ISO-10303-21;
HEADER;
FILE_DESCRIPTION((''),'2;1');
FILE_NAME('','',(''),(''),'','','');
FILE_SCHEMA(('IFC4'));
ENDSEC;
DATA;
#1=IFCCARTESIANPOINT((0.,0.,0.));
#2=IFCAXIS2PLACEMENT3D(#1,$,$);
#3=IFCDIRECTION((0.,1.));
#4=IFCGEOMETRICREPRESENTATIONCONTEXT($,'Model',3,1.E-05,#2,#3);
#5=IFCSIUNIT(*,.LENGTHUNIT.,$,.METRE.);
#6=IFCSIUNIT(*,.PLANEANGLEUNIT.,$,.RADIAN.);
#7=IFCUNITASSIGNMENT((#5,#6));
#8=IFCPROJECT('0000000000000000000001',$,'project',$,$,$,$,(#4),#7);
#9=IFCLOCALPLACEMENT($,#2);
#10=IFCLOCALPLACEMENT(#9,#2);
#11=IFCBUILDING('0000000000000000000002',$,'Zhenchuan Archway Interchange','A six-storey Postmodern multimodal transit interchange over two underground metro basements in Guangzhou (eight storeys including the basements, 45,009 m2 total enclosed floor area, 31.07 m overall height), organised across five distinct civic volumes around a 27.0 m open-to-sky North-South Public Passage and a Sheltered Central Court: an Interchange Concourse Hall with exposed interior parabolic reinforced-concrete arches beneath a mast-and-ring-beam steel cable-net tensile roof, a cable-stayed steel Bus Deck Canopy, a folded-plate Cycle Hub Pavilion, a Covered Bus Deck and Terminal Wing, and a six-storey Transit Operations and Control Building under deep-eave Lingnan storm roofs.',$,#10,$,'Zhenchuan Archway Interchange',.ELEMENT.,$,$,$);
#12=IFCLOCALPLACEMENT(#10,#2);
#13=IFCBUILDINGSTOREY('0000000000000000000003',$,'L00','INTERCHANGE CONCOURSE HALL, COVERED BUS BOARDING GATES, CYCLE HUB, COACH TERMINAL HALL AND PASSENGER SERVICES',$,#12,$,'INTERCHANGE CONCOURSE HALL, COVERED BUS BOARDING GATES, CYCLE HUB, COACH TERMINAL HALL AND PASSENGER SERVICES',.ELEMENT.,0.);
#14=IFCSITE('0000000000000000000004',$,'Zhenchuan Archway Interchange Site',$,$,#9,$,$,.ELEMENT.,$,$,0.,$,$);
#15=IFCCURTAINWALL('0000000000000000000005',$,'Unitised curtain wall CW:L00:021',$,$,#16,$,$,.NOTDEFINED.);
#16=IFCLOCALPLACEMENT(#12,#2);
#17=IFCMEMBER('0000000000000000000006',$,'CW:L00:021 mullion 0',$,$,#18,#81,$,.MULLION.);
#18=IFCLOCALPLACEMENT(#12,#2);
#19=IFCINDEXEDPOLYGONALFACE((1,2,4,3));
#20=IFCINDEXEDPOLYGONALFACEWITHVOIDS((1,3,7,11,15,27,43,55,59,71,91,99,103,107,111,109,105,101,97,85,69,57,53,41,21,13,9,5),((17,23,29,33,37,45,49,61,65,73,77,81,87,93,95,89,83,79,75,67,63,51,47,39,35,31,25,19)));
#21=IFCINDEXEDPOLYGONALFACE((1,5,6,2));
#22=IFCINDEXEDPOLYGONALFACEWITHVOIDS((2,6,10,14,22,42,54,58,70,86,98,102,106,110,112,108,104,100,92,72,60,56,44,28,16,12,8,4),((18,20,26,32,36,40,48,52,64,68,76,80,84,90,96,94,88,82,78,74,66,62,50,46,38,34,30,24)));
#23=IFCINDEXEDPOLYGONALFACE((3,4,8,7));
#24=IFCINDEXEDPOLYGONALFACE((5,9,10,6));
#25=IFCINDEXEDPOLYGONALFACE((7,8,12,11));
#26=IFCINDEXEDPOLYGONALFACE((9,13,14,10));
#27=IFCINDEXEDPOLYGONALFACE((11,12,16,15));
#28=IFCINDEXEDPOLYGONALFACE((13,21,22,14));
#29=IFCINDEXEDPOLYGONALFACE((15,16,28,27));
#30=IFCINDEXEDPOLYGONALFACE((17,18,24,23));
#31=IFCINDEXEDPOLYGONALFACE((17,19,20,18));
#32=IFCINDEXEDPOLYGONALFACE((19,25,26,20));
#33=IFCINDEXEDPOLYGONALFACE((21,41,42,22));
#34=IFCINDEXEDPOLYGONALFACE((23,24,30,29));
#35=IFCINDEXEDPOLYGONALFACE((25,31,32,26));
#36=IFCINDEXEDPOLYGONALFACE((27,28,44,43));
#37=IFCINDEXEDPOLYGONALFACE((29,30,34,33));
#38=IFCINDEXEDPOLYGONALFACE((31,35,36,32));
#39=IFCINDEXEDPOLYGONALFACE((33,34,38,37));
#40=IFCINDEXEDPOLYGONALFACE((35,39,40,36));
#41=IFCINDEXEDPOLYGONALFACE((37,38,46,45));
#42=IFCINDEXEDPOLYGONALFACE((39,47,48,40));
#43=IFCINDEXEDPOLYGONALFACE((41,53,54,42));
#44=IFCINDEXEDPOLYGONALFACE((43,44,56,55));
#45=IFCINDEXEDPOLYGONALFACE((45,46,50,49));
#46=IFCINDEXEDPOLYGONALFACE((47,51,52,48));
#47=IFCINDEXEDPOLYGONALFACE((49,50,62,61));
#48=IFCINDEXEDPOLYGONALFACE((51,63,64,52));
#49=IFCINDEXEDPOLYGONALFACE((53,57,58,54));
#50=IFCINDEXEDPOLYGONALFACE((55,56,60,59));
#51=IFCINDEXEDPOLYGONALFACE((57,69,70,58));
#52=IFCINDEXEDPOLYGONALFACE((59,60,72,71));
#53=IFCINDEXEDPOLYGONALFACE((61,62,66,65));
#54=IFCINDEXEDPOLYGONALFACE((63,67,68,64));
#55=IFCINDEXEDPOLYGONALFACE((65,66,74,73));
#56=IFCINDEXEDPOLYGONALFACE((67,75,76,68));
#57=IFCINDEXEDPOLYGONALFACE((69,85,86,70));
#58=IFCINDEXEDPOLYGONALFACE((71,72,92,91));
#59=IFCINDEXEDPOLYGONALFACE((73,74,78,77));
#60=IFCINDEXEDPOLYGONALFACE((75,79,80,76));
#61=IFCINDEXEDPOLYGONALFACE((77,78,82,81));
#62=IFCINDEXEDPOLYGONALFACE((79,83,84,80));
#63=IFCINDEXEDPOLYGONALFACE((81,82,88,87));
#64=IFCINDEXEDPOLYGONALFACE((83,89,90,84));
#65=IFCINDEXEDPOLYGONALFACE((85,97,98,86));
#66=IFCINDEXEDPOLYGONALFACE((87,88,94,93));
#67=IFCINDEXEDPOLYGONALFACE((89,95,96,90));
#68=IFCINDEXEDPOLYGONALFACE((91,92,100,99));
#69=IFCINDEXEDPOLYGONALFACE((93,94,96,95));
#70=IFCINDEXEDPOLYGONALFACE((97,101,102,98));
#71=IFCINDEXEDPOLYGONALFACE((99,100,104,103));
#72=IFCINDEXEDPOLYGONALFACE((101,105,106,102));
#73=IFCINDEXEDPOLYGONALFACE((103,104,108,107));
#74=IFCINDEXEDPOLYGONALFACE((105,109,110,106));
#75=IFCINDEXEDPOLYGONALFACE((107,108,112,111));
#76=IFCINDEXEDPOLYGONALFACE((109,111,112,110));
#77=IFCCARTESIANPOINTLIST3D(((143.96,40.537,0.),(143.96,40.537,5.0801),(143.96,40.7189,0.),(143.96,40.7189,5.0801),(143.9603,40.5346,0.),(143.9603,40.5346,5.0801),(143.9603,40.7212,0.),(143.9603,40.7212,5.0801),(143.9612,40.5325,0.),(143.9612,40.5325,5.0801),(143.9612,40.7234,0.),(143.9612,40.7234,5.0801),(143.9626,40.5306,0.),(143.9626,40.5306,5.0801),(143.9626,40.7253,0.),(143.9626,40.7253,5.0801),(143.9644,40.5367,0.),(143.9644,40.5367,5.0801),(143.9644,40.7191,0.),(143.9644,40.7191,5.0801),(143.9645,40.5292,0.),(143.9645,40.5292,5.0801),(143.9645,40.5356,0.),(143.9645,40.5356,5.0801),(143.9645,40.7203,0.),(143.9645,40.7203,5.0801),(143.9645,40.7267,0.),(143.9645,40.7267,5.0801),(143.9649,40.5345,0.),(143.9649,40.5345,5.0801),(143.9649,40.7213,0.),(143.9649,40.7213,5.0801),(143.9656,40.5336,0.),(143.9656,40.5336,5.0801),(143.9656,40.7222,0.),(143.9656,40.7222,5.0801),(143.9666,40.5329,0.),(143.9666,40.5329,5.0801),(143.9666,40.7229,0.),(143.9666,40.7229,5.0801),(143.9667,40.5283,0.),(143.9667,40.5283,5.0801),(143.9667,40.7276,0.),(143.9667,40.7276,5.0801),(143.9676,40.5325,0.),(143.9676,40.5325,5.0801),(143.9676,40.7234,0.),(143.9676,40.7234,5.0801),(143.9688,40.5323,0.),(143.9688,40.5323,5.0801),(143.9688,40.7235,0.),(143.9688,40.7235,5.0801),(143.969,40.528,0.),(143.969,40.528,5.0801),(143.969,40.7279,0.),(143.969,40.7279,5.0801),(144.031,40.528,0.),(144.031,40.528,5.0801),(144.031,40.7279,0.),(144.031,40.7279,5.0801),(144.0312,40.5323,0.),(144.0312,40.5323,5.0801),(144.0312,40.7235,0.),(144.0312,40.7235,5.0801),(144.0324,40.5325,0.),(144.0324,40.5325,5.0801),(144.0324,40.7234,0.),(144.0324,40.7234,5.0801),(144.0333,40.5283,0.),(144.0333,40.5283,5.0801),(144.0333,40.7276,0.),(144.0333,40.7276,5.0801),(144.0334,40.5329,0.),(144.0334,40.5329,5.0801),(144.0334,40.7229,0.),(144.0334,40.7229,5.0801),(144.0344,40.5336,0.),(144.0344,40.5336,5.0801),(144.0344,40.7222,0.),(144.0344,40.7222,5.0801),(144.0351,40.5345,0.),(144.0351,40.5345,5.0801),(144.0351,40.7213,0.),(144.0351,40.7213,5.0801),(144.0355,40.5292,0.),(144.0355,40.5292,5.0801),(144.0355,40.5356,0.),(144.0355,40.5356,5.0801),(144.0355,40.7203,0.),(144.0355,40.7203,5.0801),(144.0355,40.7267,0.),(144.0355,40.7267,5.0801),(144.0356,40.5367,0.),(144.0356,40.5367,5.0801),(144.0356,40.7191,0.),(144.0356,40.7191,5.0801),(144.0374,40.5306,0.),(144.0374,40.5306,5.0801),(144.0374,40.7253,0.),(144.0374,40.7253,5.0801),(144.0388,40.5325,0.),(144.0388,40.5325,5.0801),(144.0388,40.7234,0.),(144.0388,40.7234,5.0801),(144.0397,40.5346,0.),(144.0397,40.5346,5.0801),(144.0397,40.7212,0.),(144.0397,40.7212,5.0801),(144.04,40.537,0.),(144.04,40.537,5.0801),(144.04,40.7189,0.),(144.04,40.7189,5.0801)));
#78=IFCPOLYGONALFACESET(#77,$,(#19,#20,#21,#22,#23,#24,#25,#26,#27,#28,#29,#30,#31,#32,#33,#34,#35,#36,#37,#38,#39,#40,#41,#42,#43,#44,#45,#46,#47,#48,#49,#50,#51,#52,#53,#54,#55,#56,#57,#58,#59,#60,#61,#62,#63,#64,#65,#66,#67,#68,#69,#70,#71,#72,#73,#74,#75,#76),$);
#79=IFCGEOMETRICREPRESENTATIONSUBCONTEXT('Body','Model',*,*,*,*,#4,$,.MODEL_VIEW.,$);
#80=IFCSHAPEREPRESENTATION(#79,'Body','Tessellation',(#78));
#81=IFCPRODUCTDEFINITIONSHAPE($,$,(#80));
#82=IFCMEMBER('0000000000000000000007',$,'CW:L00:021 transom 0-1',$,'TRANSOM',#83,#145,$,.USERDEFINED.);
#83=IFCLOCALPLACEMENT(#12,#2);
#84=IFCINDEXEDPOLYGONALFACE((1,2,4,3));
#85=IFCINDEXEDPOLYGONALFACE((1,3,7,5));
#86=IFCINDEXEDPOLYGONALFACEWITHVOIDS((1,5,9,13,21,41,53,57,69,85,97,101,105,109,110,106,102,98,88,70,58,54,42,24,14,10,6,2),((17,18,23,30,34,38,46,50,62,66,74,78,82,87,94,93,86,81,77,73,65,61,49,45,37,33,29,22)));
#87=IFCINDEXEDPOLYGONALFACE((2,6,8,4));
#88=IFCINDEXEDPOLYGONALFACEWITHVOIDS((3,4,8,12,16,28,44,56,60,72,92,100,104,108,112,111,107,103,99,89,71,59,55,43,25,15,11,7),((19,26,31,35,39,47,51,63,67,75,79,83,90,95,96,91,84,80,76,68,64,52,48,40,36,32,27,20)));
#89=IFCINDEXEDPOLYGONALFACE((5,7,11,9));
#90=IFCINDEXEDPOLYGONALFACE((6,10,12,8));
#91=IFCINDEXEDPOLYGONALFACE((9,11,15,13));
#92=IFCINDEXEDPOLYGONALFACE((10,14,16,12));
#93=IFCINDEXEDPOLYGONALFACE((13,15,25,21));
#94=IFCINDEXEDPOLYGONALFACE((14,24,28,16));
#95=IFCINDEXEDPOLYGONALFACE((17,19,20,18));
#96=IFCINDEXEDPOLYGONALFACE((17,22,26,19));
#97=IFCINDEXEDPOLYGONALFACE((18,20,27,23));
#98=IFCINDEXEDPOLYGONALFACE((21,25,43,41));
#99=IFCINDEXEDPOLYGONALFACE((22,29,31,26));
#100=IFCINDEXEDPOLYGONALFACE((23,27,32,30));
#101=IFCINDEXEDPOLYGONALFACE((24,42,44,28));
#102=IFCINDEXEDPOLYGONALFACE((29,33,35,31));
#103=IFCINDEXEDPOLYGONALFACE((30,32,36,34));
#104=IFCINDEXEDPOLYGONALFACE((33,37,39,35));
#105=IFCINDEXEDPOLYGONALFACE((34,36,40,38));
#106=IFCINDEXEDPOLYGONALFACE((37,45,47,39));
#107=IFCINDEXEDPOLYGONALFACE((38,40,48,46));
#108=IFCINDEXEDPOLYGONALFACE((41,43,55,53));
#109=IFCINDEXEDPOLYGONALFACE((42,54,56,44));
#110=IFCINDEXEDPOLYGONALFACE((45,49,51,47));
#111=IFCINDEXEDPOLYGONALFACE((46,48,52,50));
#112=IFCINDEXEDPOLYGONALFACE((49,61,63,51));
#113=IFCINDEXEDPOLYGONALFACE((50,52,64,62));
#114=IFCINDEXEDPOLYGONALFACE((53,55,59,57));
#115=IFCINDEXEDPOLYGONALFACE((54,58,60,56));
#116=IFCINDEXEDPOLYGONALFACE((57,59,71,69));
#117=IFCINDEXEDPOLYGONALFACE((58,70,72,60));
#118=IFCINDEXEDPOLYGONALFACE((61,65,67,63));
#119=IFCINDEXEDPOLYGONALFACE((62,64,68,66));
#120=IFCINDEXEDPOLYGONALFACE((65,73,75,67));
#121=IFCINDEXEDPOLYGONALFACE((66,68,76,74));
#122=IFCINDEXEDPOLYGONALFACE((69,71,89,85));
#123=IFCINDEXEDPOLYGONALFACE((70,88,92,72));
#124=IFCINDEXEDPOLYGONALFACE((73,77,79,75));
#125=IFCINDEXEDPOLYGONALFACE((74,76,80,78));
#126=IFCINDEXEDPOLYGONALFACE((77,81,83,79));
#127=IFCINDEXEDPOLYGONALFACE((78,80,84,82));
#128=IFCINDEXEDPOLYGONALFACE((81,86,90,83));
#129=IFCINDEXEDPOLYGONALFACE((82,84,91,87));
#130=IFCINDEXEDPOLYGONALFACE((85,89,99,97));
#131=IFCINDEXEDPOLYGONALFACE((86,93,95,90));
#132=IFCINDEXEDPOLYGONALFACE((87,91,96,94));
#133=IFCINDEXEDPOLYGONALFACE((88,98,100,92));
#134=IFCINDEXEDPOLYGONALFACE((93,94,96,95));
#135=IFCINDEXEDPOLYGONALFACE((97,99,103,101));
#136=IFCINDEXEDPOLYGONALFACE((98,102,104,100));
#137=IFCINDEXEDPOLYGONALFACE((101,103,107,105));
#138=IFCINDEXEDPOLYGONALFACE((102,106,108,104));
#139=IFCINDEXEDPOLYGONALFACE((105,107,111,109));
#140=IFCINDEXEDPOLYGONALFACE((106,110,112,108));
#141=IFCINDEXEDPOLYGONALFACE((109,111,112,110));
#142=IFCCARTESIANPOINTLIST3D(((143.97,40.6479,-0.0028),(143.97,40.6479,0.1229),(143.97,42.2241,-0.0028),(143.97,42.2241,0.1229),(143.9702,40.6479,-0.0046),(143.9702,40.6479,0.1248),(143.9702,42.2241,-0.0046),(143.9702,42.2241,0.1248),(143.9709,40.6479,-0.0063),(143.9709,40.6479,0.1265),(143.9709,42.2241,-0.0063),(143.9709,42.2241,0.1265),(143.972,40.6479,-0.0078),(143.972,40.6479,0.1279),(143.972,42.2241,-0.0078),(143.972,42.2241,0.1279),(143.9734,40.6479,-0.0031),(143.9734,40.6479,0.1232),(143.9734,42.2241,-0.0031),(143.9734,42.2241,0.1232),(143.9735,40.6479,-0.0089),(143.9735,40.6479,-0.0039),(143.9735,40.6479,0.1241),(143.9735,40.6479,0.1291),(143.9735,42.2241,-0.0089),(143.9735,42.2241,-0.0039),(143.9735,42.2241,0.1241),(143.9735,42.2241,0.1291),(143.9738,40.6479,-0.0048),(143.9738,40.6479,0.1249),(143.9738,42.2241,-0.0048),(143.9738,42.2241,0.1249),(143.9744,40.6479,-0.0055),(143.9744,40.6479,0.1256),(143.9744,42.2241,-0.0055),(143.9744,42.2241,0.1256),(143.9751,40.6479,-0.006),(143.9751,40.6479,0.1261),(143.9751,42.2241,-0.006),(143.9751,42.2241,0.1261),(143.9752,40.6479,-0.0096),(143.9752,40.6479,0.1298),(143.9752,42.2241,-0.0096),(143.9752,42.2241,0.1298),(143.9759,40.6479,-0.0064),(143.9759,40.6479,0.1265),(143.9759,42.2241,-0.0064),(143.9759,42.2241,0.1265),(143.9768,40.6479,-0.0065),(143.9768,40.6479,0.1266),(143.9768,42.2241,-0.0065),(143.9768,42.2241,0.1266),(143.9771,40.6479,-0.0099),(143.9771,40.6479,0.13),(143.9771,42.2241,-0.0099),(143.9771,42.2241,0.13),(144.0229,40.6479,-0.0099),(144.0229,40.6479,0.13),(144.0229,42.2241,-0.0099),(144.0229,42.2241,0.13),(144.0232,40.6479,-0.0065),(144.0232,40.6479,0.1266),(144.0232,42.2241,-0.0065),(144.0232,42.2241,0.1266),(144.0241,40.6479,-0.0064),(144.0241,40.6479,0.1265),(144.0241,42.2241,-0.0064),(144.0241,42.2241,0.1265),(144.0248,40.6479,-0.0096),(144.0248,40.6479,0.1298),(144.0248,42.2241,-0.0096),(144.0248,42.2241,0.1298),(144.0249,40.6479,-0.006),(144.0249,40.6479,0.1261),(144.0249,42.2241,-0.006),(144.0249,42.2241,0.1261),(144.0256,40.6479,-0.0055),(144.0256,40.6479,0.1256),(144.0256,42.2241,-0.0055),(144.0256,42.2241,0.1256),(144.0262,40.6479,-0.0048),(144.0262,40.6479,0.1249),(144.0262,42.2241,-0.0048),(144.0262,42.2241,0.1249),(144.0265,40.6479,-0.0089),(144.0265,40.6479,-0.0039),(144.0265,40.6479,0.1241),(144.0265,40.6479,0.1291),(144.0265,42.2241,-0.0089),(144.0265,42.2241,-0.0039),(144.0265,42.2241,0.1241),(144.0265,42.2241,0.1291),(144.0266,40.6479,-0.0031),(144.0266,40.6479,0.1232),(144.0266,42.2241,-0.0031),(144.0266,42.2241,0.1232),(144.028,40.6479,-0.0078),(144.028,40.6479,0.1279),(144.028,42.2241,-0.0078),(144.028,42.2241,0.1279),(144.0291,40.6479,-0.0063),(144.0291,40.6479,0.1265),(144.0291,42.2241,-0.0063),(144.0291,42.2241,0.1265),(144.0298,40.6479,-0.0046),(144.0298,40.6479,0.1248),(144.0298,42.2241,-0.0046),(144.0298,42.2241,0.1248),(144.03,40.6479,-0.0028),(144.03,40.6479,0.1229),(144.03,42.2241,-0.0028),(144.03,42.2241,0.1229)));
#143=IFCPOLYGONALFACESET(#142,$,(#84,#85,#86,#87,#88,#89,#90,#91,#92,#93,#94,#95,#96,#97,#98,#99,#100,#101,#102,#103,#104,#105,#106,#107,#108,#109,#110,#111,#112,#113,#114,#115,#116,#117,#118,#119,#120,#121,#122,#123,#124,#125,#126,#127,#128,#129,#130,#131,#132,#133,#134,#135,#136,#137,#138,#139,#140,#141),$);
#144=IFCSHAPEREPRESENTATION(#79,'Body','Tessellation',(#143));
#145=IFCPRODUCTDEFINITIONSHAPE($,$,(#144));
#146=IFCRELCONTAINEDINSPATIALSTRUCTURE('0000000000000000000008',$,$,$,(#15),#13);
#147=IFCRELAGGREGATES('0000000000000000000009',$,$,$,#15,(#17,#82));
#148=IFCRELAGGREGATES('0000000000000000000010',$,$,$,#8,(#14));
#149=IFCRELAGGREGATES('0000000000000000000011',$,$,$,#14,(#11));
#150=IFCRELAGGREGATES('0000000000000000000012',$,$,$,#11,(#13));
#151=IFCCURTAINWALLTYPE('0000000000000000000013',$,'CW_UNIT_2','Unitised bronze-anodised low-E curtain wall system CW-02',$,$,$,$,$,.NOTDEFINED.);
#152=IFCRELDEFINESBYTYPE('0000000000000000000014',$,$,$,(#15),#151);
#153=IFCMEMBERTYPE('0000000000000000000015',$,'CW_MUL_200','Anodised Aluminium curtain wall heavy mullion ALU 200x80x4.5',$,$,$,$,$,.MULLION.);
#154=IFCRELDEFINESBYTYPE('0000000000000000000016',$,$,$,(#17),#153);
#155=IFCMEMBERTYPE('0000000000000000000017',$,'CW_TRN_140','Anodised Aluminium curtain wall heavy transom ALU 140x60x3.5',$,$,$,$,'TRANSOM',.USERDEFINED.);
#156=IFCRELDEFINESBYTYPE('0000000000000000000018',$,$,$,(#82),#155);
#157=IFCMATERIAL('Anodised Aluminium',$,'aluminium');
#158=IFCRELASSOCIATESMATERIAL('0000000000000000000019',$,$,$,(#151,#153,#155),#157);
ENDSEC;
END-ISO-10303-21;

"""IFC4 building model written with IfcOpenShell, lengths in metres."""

from ifc_helpers import new_model, si_unit, direction, frame, origin, origin_2d, place, context, subcontext, project, spatial, hollow_rectangle, extrude, material, material_profile, profile_set, type_object, element, aggregate, save


model = new_model("IFC4")

# Units and contexts
model_context = context("Model", 3, precision=1e-05, world=origin(), true_north=direction((0.0, 1.0)))
body_context = subcontext(model_context, "Body", "Model", "MODEL_VIEW")
ifc_project = project(units=[si_unit("LENGTHUNIT", "METRE"), si_unit("PLANEANGLEUNIT", "RADIAN")], contexts=[model_context])

# Site, building, storey
site_placement = place(None, origin())
site = spatial("IfcSite", under=ifc_project, at=site_placement, Name="Zhenchuan Archway Interchange Site", CompositionType="ELEMENT", RefElevation=0.0)
building_placement = place(site_placement, origin())
building = spatial("IfcBuilding", under=site, at=building_placement, Name="Zhenchuan Archway Interchange", Description="A six-storey Postmodern multimodal transit interchange over two underground metro basements in Guangzhou (eight storeys including the basements, 45,009 m2 total enclosed floor area, 31.07 m overall height), organised across five distinct civic volumes around a 27.0 m open-to-sky North-South Public Passage and a Sheltered Central Court: an Interchange Concourse Hall with exposed interior parabolic reinforced-concrete arches beneath a mast-and-ring-beam steel cable-net tensile roof, a cable-stayed steel Bus Deck Canopy, a folded-plate Cycle Hub Pavilion, a Covered Bus Deck and Terminal Wing, and a six-storey Transit Operations and Control Building under deep-eave Lingnan storm roofs.", LongName="Zhenchuan Archway Interchange", CompositionType="ELEMENT")
storey_placement = place(building_placement, origin())
storey = spatial("IfcBuildingStorey", under=building, at=storey_placement, Name="L00", Description="INTERCHANGE CONCOURSE HALL, COVERED BUS BOARDING GATES, CYCLE HUB, COACH TERMINAL HALL AND PASSENGER SERVICES", LongName="INTERCHANGE CONCOURSE HALL, COVERED BUS BOARDING GATES, CYCLE HUB, COACH TERMINAL HALL AND PASSENGER SERVICES", CompositionType="ELEMENT", Elevation=0.0)

# Curtain wall, members
ifc_material_1 = material(Name="Anodised Aluminium", Category="aluminium")
curtain_wall_type = type_object("IfcCurtainWallType", Name="CW_UNIT_2", Description="Unitised bronze-anodised low-E curtain wall system CW-02", PredefinedType="NOTDEFINED", material=ifc_material_1)
curtain_wall_placement = place(storey_placement, origin())
curtain_wall = element("IfcCurtainWall", 1, at=curtain_wall_placement, inside=storey, type_object=curtain_wall_type, Name="Unitised curtain wall CW:L00:021", PredefinedType="NOTDEFINED")
ifc_material_profile_1 = material_profile(ifc_material_1, hollow_rectangle(XDim=0.0801, YDim=0.2, WallThickness=0.0044, InnerFilletRadius=0.0044, OuterFilletRadius=0.009, at=origin_2d()), Name="ALU 200x80x4.5")
ifc_profile_set_1 = profile_set([ifc_material_profile_1], Name="Anodised Aluminium")
member_type_1 = type_object("IfcMemberType", Name="CW_MUL_200", Description="Anodised Aluminium curtain wall heavy mullion ALU 200x80x4.5", PredefinedType="MULLION", material=ifc_profile_set_1)
member_1_placement = place(storey_placement, frame((144.0, 40.6279, 0.0), z_axis=(0.0, 0.0, 1.0), x_axis=(1.0, 0.0, 0.0)))
member_1 = element("IfcMember", 2, at=member_1_placement, type_object=member_type_1, Name="CW:L00:021 mullion 0", PredefinedType="MULLION", context=body_context, shape_type="SweptSolid", body=[
    extrude(hollow_rectangle(XDim=0.0801, YDim=0.2, WallThickness=0.0044, InnerFilletRadius=0.0044, OuterFilletRadius=0.009, at=origin_2d()), origin(), (0.0, 0.0, 1.0), 5.0801),
])
ifc_material_profile_2 = material_profile(ifc_material_1, hollow_rectangle(XDim=0.0601, YDim=0.1399, WallThickness=0.0034, InnerFilletRadius=0.0034, OuterFilletRadius=0.0071, at=origin_2d()), Name="ALU 140x60x3.5")
ifc_profile_set_2 = profile_set([ifc_material_profile_2], Name="Anodised Aluminium")
member_type_2 = type_object("IfcMemberType", Name="CW_TRN_140", Description="Anodised Aluminium curtain wall heavy transom ALU 140x60x3.5", ElementType="TRANSOM", PredefinedType="USERDEFINED", material=ifc_profile_set_2)
member_2_placement = place(storey_placement, frame((144.0, 40.6479, 0.0601), z_axis=(0.0, 1.0, 0.0), x_axis=(-1.0, 0.0, 0.0)))
member_2 = element("IfcMember", 3, at=member_2_placement, type_object=member_type_2, Name="CW:L00:021 transom 0-1", ObjectType="TRANSOM", PredefinedType="USERDEFINED", context=body_context, shape_type="SweptSolid", body=[
    extrude(hollow_rectangle(XDim=0.0601, YDim=0.1399, WallThickness=0.0034, InnerFilletRadius=0.0034, OuterFilletRadius=0.0071, at=origin_2d()), origin(), (0.0, 0.0, 1.0), 1.5762),
])
aggregate(curtain_wall, [member_1, member_2])

save(model, "model.ifc")
